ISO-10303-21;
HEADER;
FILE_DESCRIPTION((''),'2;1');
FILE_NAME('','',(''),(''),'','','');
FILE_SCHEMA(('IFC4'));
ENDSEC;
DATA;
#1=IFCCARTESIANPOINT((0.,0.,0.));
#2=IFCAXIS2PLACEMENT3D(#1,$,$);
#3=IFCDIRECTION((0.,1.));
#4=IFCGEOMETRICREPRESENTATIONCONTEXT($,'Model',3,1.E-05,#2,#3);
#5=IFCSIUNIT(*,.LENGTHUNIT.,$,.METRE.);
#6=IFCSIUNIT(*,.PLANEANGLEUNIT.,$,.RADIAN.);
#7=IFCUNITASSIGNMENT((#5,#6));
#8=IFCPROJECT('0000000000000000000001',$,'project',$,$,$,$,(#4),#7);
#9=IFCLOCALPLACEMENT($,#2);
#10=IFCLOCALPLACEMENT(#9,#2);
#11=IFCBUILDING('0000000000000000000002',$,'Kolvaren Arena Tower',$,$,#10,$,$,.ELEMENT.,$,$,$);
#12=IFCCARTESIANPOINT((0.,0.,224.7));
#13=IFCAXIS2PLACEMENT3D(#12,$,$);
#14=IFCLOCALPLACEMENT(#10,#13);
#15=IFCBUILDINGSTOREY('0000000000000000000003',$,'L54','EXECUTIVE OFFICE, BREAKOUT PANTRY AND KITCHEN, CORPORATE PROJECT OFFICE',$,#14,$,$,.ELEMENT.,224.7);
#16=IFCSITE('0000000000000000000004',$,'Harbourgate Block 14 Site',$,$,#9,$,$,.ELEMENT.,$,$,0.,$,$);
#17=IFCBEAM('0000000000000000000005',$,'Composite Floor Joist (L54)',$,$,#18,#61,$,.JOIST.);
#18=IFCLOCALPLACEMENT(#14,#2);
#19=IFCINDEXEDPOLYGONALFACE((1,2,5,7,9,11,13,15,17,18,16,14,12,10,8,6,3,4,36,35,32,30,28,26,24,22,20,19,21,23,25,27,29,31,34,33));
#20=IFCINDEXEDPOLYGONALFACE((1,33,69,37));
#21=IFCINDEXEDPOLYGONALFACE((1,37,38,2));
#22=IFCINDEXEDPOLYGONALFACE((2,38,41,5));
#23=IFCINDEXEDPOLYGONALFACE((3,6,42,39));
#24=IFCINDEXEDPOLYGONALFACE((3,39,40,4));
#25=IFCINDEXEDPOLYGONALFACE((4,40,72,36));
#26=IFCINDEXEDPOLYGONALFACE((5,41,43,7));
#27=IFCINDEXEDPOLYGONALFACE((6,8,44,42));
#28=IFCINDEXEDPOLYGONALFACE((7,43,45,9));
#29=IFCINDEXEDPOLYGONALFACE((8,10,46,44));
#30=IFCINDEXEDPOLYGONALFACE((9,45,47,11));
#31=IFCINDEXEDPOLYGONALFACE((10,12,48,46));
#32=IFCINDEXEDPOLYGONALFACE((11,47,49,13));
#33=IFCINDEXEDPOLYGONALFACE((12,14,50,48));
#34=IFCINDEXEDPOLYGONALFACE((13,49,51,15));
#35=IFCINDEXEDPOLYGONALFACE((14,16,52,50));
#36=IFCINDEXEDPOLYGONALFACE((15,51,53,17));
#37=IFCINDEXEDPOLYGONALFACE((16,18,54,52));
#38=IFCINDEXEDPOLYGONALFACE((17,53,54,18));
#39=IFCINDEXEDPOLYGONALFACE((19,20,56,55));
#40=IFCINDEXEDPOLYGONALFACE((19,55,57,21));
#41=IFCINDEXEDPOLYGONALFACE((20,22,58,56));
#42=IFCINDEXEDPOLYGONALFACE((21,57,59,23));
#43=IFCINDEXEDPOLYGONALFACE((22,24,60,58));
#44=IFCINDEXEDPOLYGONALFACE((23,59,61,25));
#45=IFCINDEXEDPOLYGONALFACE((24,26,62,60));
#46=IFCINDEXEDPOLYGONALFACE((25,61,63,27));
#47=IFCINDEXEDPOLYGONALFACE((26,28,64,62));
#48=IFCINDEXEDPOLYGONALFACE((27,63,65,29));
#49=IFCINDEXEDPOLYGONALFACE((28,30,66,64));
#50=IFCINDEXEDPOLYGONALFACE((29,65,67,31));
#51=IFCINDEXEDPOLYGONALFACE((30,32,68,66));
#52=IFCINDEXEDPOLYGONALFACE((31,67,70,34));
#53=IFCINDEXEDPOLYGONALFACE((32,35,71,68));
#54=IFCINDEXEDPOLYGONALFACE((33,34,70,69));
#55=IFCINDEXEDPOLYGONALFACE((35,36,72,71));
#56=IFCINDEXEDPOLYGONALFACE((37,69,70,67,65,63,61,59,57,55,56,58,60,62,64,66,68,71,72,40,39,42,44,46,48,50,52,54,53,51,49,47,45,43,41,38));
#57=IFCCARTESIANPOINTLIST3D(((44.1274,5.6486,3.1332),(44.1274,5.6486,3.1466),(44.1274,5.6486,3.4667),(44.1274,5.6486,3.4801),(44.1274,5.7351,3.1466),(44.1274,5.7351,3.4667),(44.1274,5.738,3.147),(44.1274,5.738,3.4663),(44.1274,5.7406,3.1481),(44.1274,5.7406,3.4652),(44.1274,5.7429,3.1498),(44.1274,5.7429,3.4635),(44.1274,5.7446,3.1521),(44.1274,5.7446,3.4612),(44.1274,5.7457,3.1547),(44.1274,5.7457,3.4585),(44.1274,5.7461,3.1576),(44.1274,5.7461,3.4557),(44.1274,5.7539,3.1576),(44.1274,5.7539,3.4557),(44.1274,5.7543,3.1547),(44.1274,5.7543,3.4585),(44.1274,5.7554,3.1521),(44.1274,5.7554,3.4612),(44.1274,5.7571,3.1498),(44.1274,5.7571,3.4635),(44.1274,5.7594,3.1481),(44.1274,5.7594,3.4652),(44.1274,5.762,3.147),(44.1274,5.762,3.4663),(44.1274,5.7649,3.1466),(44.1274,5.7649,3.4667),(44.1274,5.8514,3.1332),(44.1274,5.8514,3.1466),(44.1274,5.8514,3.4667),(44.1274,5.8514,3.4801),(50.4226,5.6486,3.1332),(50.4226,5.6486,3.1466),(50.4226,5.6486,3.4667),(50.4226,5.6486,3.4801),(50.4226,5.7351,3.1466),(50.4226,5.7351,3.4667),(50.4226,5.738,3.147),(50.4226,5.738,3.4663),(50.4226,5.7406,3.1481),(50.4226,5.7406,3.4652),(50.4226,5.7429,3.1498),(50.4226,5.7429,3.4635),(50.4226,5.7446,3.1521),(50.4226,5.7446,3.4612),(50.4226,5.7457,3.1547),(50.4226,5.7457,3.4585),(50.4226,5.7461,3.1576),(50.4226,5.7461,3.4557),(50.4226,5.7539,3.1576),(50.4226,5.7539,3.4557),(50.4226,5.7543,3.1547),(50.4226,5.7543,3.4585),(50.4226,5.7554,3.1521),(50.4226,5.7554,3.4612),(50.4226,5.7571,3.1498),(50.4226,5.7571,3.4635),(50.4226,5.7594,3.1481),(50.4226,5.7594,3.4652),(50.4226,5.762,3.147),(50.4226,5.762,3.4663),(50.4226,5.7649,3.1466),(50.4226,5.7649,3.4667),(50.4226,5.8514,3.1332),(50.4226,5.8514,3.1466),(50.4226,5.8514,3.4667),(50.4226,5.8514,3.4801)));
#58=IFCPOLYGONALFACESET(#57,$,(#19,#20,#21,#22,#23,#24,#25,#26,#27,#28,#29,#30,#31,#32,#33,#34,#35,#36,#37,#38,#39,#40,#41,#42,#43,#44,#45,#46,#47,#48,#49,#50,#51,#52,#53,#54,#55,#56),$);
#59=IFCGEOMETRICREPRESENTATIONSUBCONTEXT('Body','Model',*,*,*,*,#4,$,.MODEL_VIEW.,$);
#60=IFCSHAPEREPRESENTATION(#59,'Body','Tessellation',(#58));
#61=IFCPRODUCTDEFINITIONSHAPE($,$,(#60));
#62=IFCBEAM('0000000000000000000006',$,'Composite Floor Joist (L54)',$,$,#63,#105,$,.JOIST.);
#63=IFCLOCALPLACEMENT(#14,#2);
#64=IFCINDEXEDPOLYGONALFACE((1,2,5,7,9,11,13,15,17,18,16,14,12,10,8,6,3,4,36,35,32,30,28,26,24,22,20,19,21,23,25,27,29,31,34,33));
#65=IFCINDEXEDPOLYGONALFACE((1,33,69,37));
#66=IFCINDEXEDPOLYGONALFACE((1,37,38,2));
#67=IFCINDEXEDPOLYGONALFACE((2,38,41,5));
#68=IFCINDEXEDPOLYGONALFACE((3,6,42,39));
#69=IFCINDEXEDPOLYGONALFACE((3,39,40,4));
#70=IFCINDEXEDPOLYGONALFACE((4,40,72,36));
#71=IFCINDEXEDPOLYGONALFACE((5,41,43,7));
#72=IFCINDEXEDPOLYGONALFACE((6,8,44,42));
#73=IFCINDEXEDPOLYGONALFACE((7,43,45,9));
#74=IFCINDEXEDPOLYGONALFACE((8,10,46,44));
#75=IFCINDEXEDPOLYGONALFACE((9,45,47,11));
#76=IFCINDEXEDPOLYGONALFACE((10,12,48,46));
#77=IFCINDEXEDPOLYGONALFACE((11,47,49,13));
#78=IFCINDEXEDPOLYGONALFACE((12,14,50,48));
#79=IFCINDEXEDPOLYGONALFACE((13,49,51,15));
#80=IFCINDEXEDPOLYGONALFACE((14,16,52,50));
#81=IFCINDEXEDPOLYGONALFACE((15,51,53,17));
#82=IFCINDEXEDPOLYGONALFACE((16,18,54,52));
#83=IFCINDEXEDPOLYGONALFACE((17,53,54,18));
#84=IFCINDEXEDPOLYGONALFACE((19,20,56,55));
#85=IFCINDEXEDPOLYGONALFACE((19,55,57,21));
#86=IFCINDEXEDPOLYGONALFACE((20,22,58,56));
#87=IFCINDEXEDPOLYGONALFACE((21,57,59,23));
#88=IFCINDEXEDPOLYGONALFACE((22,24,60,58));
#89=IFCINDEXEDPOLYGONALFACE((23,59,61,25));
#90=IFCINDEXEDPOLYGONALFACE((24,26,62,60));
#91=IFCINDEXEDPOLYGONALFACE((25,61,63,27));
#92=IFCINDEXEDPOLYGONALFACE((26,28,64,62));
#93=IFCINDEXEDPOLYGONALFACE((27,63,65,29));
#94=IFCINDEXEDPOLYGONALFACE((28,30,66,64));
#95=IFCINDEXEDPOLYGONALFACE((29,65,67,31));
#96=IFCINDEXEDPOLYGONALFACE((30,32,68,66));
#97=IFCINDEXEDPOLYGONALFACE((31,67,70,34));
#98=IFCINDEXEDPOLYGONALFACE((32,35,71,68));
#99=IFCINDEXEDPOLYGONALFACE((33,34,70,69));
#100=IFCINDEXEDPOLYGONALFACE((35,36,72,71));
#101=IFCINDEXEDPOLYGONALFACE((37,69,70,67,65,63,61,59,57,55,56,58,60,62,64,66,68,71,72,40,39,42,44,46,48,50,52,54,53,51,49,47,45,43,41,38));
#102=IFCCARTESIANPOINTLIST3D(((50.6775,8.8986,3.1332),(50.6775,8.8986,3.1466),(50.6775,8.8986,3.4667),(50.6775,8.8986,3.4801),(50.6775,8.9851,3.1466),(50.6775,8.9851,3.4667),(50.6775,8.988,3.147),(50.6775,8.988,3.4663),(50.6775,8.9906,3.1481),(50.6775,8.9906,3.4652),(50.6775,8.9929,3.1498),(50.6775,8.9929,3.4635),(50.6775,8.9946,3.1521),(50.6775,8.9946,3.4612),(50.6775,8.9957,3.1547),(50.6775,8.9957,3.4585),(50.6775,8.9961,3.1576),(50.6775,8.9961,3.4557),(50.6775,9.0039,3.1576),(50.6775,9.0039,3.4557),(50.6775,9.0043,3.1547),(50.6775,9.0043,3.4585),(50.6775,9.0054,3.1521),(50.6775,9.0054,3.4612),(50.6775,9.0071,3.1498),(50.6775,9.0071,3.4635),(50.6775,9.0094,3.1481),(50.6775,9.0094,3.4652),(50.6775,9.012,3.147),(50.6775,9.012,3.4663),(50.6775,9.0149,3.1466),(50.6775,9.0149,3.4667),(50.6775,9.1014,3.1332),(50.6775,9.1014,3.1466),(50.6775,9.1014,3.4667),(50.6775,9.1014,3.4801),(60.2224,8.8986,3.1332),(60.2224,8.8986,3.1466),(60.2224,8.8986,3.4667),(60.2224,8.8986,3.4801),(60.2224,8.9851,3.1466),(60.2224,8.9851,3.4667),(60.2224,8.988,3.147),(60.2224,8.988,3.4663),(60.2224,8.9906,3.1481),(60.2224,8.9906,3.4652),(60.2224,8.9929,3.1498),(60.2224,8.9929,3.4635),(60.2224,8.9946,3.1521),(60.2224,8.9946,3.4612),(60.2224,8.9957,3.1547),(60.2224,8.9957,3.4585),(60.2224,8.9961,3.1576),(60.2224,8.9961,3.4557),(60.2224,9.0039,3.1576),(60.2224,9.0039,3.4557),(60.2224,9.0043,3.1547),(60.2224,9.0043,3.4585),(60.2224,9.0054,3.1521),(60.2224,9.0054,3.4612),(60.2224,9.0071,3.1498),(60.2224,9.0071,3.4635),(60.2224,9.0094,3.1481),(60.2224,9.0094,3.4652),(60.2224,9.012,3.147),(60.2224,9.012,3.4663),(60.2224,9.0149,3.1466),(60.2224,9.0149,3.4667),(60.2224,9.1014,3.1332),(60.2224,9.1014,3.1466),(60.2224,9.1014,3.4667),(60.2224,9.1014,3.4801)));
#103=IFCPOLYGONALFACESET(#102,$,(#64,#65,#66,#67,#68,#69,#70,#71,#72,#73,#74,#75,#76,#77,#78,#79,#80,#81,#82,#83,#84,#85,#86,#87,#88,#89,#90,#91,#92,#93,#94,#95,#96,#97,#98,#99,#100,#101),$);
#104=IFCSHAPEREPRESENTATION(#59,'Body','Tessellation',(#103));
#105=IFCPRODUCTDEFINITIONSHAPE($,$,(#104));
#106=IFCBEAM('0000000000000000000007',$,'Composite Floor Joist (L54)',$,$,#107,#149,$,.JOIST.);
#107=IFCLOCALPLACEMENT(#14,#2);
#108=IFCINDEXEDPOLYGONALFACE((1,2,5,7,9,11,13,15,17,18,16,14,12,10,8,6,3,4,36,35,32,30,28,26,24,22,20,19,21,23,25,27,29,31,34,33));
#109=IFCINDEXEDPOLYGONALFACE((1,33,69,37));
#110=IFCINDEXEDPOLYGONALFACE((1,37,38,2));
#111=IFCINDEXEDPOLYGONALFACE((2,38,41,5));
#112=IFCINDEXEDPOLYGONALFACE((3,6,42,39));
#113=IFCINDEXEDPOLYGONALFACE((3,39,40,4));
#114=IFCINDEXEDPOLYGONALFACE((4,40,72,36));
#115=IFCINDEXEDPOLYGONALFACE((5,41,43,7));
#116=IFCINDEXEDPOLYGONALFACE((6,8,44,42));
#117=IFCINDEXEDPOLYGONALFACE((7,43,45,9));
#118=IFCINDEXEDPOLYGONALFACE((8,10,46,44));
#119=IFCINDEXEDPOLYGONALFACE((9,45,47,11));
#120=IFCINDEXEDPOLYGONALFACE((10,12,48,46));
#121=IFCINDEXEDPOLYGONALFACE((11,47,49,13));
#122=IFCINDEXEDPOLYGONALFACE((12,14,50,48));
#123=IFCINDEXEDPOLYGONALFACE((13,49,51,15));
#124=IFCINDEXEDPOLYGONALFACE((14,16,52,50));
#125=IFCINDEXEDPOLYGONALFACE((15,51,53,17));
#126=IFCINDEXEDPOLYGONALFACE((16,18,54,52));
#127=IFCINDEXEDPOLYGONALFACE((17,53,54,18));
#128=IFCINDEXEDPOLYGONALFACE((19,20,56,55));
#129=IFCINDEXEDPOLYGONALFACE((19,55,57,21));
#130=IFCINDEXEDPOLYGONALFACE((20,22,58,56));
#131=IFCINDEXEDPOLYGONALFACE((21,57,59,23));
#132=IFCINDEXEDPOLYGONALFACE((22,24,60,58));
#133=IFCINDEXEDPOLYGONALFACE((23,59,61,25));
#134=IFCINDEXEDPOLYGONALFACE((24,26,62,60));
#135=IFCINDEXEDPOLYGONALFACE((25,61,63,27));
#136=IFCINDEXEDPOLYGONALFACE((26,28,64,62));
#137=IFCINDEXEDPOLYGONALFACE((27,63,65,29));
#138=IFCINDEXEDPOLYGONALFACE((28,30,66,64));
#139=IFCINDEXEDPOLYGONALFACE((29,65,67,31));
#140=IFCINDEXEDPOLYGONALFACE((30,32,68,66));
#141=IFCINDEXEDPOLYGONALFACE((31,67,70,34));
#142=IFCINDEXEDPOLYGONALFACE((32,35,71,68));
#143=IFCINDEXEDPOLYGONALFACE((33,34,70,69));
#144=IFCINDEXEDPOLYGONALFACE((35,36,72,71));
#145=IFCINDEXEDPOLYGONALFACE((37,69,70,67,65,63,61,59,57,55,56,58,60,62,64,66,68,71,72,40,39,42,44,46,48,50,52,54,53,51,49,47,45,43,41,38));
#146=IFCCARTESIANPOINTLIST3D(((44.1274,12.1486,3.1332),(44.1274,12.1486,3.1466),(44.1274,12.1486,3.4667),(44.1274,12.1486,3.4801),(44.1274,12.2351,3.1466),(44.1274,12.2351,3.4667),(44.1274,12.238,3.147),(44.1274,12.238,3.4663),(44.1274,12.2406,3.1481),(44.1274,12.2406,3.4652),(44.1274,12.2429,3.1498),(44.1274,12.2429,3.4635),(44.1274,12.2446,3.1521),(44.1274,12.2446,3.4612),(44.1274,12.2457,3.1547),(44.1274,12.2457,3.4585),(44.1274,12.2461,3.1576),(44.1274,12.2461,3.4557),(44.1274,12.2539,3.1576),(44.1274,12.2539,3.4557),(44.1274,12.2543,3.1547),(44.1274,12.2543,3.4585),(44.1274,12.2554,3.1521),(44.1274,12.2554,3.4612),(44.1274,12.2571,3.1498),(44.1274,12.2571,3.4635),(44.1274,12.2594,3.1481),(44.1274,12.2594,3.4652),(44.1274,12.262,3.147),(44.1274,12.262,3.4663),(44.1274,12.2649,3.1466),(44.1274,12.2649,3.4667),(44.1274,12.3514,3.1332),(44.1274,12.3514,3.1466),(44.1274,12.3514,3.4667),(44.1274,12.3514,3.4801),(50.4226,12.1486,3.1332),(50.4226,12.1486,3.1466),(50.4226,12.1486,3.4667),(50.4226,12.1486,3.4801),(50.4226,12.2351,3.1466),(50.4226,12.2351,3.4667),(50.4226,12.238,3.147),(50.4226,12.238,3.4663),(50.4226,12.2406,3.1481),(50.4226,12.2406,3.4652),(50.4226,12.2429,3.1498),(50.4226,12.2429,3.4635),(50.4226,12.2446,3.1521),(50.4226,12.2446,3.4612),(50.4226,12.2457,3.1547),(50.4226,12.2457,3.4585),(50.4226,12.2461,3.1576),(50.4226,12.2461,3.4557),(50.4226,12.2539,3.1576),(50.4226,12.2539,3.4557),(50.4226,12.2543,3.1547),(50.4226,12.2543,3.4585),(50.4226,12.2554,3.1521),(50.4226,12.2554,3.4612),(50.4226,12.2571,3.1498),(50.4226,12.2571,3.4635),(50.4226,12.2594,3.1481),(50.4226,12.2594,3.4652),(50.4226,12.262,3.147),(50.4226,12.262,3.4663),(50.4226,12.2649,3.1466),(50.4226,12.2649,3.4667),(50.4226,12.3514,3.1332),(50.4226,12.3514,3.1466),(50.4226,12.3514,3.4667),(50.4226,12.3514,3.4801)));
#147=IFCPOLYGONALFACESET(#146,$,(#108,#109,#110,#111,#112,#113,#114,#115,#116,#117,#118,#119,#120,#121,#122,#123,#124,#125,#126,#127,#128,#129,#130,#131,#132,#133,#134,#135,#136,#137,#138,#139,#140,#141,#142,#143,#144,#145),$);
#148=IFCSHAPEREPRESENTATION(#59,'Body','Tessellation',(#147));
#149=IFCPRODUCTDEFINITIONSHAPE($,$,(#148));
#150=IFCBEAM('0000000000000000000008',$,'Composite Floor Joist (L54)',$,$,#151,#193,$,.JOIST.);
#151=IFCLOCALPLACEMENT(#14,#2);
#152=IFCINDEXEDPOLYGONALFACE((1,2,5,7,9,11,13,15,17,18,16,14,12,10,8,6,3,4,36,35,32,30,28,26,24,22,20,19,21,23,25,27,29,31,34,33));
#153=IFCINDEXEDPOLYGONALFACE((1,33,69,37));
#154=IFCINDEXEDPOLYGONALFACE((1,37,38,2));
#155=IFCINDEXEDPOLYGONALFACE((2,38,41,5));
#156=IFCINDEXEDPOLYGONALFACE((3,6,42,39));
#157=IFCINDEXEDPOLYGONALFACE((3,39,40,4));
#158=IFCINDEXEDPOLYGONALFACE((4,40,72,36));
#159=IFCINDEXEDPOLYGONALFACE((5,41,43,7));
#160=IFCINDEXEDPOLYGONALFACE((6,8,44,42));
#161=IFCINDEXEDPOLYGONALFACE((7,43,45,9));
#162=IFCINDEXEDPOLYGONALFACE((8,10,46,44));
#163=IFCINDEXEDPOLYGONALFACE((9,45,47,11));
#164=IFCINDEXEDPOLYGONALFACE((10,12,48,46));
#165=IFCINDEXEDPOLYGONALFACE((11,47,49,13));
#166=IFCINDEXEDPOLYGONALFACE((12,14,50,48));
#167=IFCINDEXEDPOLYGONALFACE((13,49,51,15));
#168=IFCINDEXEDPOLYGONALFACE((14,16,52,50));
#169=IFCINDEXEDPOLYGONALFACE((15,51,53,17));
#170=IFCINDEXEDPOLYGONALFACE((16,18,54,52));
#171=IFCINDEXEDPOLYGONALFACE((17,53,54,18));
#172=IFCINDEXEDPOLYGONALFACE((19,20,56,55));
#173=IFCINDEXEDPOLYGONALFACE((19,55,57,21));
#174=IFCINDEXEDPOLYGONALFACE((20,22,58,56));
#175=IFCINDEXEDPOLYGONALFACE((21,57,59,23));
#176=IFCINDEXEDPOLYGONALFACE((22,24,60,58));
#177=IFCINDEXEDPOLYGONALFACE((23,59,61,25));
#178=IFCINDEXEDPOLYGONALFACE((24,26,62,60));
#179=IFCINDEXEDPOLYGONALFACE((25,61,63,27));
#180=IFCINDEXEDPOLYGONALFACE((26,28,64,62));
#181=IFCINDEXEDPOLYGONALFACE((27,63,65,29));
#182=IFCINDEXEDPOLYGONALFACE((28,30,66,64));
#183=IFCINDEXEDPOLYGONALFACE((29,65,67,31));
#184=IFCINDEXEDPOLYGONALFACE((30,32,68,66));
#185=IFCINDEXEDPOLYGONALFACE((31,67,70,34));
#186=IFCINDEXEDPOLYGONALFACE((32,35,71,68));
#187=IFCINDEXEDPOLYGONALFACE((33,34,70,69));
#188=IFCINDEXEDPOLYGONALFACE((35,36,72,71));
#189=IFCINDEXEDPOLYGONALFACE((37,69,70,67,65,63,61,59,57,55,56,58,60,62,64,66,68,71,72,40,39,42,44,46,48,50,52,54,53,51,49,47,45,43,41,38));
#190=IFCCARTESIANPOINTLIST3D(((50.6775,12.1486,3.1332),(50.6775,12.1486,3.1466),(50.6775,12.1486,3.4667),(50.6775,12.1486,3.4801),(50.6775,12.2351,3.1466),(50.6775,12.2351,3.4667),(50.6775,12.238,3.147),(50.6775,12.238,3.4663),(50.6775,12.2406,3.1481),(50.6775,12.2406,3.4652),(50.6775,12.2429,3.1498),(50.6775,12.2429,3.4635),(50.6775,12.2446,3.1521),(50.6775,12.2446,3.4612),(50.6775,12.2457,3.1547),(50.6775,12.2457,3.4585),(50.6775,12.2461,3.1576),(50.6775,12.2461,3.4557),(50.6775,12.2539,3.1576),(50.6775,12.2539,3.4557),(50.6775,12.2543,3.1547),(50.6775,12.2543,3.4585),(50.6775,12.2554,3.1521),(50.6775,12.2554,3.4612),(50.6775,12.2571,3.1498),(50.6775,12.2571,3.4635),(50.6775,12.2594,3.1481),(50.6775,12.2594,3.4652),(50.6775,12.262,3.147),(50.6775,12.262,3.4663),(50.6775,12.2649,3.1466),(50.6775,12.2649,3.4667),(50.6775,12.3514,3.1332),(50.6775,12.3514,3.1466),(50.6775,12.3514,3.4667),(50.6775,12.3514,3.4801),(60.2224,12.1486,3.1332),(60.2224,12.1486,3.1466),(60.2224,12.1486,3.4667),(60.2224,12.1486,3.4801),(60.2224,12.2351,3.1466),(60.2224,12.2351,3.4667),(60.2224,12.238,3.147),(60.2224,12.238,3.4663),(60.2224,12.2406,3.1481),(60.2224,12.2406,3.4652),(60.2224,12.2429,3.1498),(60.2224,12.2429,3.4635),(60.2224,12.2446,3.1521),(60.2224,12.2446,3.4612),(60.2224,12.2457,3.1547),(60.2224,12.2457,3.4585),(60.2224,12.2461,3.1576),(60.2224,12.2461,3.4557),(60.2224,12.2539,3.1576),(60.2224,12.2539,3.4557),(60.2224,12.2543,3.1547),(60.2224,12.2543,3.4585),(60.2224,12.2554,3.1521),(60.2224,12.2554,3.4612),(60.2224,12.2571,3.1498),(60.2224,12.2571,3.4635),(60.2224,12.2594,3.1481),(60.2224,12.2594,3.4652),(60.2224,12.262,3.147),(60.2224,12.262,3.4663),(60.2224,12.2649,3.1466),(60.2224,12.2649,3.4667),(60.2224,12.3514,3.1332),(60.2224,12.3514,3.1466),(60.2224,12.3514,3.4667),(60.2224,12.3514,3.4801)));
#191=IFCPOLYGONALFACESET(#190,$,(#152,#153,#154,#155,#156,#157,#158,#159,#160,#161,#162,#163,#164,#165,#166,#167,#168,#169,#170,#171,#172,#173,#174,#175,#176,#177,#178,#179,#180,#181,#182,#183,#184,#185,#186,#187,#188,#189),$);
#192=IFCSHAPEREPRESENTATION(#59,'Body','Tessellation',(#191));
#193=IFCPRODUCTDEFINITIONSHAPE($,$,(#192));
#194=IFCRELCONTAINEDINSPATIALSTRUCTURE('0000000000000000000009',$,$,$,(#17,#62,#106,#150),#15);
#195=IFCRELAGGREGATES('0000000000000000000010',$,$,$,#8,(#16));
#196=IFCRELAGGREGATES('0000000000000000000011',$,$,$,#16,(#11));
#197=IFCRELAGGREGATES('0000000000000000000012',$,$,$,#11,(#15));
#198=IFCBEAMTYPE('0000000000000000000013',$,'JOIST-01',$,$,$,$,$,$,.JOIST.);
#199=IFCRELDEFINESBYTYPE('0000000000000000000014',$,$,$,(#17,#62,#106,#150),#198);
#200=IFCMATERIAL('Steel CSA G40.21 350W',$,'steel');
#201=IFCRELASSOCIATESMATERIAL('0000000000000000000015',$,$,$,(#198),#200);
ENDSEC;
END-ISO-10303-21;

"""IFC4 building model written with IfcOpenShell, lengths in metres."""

from ifc_helpers import new_model, si_unit, direction, frame, origin, origin_2d, place, context, subcontext, project, spatial, i_section, extrude, material, material_profile, profile_set, type_object, element, save


model = new_model("IFC4")

# Units and contexts
model_context = context("Model", 3, precision=1e-05, world=origin(), true_north=direction((0.0, 1.0)))
body_context = subcontext(model_context, "Body", "Model", "MODEL_VIEW")
ifc_project = project(units=[si_unit("LENGTHUNIT", "METRE"), si_unit("PLANEANGLEUNIT", "RADIAN")], contexts=[model_context])

# Site, building, storey
site_placement = place(None, origin())
site = spatial("IfcSite", under=ifc_project, at=site_placement, Name="Harbourgate Block 14 Site", CompositionType="ELEMENT", RefElevation=0.0)
building_placement = place(site_placement, origin())
building = spatial("IfcBuilding", under=site, at=building_placement, Name="Kolvaren Arena Tower", CompositionType="ELEMENT")
storey_placement = place(building_placement, frame((0.0, 0.0, 224.7)))
storey = spatial("IfcBuildingStorey", under=building, at=storey_placement, Name="L54", Description="EXECUTIVE OFFICE, BREAKOUT PANTRY AND KITCHEN, CORPORATE PROJECT OFFICE", CompositionType="ELEMENT", Elevation=224.7)

# Beams
ifc_material_1 = material(Name="Steel CSA G40.21 350W", Category="steel")
ifc_material_profile_1 = material_profile(ifc_material_1, i_section(OverallWidth=0.2029, OverallDepth=0.3469, WebThickness=0.0078, FlangeThickness=0.0134, FilletRadius=0.011, at=origin_2d()), Name="W360x64")
ifc_profile_set_1 = profile_set([ifc_material_profile_1], Name="Steel CSA G40.21 350W")
beam_type_1 = type_object("IfcBeamType", Name="JOIST-01", PredefinedType="JOIST", material=ifc_profile_set_1)
for number, where, z_axis, x_axis, name in (
    (1, (44.1274, 5.75, 3.3066), (1.0, 0.0, 0.0), (0.0, 1.0, 0.0), "Composite Floor Joist (L54)"),
):
    element("IfcBeam", number, at=place(storey_placement, frame(where, z_axis=z_axis, x_axis=x_axis)), inside=storey, type_object=beam_type_1, Name=name, PredefinedType="JOIST", context=body_context, shape_type="SweptSolid", body=[
        extrude(i_section(OverallWidth=0.2029, OverallDepth=0.3469, WebThickness=0.0078, FlangeThickness=0.0134, FilletRadius=0.011, at=origin_2d()), origin(), (0.0, 0.0, 1.0), 6.2952),
    ])
beam_1_placement = place(storey_placement, frame((50.6775, 9.0, 3.3066), z_axis=(1.0, 0.0, 0.0), x_axis=(0.0, 1.0, 0.0)))
element("IfcBeam", 2, at=beam_1_placement, inside=storey, type_object=beam_type_1, Name="Composite Floor Joist (L54)", PredefinedType="JOIST", context=body_context, shape_type="SweptSolid", body=[
    extrude(i_section(OverallWidth=0.2029, OverallDepth=0.3469, WebThickness=0.0078, FlangeThickness=0.0134, FilletRadius=0.011, at=origin_2d()), origin(), (0.0, 0.0, 1.0), 9.5449),
])
beam_2_placement = place(storey_placement, frame((44.1274, 12.25, 3.3066), z_axis=(1.0, 0.0, 0.0), x_axis=(0.0, 1.0, 0.0)))
element("IfcBeam", 3, at=beam_2_placement, inside=storey, type_object=beam_type_1, Name="Composite Floor Joist (L54)", PredefinedType="JOIST", context=body_context, shape_type="SweptSolid", body=[
    extrude(i_section(OverallWidth=0.2029, OverallDepth=0.3469, WebThickness=0.0078, FlangeThickness=0.0134, FilletRadius=0.011, at=origin_2d()), origin(), (0.0, 0.0, 1.0), 6.2952),
])
beam_3_placement = place(storey_placement, frame((50.6775, 12.25, 3.3066), z_axis=(1.0, 0.0, 0.0), x_axis=(0.0, 1.0, 0.0)))
element("IfcBeam", 4, at=beam_3_placement, inside=storey, type_object=beam_type_1, Name="Composite Floor Joist (L54)", PredefinedType="JOIST", context=body_context, shape_type="SweptSolid", body=[
    extrude(i_section(OverallWidth=0.2029, OverallDepth=0.3469, WebThickness=0.0078, FlangeThickness=0.0134, FilletRadius=0.011, at=origin_2d()), origin(), (0.0, 0.0, 1.0), 9.5449),
])

save(model, "model.ifc")
